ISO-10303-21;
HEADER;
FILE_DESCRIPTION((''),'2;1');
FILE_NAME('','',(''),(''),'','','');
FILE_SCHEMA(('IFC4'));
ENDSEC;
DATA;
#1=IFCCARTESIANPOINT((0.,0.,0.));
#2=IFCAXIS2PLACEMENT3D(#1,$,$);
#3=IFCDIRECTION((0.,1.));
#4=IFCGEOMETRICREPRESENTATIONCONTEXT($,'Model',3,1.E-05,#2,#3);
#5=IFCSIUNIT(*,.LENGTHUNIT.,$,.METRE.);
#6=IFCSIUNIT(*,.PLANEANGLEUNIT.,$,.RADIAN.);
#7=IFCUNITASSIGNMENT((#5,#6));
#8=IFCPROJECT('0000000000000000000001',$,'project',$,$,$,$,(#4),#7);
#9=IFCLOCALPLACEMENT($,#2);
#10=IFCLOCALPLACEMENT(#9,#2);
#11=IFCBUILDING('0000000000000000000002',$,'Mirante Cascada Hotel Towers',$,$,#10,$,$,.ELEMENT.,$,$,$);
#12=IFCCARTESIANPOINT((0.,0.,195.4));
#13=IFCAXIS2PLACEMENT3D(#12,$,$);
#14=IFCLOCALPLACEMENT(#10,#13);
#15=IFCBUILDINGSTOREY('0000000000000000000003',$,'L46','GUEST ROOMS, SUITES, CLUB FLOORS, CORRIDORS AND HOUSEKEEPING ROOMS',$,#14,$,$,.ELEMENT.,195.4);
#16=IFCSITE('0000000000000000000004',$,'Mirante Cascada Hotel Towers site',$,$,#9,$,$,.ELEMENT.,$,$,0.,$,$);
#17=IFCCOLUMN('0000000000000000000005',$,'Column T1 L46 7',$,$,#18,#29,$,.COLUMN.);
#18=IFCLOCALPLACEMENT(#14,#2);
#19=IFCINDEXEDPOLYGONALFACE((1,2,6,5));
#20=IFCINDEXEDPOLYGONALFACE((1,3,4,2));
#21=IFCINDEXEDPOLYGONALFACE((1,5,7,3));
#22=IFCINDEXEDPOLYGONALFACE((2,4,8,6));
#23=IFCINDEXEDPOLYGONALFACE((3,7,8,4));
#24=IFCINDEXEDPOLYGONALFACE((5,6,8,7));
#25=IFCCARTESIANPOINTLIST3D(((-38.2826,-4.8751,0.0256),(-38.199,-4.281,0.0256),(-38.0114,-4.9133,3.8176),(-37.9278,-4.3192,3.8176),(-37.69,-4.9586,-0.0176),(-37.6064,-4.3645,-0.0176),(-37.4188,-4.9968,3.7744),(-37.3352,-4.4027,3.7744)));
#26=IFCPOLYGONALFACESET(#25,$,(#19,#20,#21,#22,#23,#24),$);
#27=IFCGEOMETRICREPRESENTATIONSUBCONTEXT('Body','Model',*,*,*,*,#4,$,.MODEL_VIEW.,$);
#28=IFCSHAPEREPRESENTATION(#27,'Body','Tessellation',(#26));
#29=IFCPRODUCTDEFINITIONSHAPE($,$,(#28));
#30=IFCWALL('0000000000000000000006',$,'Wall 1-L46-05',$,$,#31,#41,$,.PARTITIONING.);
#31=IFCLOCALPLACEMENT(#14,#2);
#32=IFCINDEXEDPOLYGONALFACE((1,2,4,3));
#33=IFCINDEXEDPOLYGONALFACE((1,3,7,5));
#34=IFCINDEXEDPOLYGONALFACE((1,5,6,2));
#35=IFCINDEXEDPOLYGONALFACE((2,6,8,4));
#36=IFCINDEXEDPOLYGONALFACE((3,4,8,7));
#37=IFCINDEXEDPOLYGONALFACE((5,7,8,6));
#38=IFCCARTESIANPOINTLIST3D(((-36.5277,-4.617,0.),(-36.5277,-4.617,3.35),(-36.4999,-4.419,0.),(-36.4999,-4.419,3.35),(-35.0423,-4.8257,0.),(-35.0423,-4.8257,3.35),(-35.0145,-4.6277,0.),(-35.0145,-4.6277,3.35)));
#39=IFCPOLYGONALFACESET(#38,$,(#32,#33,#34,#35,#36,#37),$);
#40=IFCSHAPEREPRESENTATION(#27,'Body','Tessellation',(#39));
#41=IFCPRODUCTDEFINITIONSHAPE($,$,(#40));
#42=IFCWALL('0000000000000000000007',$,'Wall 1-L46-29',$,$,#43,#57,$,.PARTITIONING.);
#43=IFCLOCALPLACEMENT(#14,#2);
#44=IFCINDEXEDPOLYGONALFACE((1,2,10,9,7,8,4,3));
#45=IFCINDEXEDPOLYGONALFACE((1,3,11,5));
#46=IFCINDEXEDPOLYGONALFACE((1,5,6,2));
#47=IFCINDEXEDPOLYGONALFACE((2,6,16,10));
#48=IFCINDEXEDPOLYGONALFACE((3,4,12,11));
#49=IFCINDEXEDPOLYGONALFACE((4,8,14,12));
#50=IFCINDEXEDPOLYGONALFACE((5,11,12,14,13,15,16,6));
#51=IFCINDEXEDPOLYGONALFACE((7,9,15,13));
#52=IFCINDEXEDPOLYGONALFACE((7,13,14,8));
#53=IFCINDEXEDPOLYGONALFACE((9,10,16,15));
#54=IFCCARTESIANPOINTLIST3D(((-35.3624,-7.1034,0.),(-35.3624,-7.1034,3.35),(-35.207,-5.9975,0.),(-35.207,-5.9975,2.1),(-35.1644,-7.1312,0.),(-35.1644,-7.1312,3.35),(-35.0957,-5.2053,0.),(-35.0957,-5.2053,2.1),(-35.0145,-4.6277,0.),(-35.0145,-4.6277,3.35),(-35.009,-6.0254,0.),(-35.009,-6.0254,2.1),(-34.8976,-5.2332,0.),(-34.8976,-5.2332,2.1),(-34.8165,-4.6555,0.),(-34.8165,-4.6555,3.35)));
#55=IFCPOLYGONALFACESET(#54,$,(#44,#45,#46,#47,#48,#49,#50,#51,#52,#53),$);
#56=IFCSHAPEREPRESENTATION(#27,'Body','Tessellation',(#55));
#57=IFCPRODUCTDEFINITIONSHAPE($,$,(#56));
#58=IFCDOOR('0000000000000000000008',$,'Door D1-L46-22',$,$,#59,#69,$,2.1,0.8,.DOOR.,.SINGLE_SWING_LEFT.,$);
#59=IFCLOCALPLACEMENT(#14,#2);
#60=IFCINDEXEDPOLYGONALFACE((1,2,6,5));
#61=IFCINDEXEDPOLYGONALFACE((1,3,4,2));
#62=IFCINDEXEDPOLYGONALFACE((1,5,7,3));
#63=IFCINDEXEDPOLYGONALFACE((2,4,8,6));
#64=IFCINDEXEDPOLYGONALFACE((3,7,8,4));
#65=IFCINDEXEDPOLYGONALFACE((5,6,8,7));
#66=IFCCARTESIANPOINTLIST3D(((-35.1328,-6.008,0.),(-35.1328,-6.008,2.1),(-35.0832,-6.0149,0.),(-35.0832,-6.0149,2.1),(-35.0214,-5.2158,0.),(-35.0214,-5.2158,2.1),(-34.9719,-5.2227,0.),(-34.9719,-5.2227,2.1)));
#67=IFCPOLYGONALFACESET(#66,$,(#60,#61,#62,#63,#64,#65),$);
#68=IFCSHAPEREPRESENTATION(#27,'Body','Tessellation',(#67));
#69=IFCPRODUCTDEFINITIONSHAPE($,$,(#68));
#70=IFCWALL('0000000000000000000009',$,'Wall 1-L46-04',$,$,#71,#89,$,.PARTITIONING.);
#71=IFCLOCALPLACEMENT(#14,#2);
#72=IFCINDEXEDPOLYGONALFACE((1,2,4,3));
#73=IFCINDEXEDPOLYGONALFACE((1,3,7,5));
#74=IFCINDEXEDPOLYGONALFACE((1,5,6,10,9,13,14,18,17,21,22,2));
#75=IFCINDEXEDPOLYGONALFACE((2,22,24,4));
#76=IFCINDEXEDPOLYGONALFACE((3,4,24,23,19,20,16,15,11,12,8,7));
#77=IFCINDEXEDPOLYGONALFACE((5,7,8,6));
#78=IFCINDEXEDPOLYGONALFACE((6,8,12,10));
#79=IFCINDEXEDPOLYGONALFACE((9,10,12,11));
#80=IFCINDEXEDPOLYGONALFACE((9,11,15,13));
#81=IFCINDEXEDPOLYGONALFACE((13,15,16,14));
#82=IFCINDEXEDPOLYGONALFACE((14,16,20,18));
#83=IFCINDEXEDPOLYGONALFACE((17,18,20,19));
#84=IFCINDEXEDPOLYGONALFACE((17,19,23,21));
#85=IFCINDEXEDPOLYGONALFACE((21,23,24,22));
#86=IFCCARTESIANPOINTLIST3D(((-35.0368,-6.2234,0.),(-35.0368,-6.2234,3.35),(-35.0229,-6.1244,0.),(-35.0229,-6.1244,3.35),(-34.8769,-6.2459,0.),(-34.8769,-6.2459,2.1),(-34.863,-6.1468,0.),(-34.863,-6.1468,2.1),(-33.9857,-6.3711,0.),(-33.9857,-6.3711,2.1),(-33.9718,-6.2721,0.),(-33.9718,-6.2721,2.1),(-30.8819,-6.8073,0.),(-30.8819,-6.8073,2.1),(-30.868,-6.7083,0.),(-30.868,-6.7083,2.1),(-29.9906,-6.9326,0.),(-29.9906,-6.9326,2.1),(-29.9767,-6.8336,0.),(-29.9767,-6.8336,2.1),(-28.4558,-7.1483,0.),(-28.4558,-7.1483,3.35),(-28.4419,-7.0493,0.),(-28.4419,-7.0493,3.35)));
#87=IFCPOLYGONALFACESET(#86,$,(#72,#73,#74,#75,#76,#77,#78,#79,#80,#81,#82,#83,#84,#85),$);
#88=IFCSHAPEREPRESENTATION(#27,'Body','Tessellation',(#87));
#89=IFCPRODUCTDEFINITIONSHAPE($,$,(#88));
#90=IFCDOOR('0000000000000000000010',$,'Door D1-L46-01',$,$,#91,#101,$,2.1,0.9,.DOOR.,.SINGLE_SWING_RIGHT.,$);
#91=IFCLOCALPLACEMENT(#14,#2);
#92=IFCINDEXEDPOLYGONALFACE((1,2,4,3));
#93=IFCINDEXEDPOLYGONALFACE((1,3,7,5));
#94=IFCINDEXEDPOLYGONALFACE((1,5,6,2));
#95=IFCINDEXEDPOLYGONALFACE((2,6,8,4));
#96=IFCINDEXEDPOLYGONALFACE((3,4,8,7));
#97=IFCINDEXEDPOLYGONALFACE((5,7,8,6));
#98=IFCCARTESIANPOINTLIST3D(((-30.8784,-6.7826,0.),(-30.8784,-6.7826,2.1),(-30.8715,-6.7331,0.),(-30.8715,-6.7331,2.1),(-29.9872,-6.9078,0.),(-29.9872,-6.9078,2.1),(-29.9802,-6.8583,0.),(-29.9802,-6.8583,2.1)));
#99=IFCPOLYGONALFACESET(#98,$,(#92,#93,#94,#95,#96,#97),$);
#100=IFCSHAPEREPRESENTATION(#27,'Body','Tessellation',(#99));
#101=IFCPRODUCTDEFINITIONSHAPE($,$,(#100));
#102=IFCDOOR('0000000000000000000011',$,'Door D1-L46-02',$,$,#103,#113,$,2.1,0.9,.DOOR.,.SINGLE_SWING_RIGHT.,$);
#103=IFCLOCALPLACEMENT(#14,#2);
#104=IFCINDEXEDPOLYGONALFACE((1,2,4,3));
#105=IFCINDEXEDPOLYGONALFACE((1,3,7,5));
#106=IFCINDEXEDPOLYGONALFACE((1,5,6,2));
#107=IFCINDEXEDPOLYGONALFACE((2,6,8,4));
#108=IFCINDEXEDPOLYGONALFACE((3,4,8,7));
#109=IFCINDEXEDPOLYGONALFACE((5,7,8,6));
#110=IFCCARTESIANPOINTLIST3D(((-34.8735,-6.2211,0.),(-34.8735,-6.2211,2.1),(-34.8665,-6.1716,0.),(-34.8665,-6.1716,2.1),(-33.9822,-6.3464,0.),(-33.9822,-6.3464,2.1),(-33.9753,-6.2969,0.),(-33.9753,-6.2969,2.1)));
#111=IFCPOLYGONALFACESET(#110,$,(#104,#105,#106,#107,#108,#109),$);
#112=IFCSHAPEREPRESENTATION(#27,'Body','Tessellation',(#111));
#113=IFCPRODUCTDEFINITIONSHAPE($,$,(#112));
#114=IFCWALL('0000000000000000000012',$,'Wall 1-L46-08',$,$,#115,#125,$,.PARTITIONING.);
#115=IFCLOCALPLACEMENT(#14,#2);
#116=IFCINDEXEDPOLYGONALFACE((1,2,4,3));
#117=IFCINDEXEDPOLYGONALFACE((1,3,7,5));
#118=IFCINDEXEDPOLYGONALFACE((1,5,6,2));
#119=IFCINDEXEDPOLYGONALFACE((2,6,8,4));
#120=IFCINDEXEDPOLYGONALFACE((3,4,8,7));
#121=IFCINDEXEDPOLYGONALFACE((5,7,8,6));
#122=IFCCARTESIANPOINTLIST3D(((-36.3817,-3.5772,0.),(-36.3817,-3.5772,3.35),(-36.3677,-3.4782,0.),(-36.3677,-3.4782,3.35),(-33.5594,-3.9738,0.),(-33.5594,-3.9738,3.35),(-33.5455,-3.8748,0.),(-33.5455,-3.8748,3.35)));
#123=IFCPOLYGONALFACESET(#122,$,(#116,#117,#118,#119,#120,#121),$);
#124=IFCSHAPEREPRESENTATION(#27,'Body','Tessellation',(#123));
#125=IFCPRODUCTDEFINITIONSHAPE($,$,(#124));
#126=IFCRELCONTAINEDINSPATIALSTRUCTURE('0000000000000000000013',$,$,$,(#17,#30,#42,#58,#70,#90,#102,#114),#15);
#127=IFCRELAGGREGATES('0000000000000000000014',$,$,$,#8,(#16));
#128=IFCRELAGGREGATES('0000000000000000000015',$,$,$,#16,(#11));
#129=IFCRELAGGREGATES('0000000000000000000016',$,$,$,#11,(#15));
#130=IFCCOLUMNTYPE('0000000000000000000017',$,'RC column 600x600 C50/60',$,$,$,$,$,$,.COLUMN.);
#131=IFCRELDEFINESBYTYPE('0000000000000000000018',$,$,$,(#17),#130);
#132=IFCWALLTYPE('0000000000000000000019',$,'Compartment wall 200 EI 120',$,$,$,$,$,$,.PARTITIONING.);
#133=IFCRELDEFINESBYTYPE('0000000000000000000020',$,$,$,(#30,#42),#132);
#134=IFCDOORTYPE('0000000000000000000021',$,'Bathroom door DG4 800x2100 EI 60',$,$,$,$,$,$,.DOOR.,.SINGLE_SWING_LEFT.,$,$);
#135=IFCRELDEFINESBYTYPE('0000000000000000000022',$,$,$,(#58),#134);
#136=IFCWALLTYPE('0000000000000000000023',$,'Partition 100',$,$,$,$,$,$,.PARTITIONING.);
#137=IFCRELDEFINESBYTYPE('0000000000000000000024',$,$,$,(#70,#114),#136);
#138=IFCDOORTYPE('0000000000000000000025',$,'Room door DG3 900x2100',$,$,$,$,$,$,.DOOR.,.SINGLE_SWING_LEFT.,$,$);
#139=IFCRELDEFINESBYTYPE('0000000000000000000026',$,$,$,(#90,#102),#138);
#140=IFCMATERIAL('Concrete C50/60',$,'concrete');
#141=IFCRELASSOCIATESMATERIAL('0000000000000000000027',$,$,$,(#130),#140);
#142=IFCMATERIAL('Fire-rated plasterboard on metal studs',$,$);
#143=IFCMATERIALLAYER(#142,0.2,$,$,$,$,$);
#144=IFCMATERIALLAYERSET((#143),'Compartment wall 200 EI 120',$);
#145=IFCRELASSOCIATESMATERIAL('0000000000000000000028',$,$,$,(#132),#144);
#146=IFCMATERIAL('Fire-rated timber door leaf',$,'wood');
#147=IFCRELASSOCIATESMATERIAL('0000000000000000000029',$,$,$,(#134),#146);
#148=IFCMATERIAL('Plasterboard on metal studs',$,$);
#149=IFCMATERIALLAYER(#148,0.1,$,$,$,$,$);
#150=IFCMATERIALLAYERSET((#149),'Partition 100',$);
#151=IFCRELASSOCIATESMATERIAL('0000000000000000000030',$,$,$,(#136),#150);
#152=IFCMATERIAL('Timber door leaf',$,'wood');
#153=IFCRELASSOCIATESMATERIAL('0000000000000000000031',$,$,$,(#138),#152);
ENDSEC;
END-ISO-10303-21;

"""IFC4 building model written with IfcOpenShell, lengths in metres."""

from ifc_helpers import new_model, si_unit, direction, frame, frame_2d, origin, origin_2d, place, context, subcontext, project, spatial, rectangle, extrude, material, layer, layer_set, material_profile, profile_set, type_object, element, fill, save


model = new_model("IFC4")

# Units and contexts
model_context = context("Model", 3, precision=1e-05, world=origin(), true_north=direction((0.0, 1.0)))
body_context = subcontext(model_context, "Body", "Model", "MODEL_VIEW")
ifc_project = project(units=[si_unit("LENGTHUNIT", "METRE"), si_unit("PLANEANGLEUNIT", "RADIAN")], contexts=[model_context])

# Site, building, storey
site_placement = place(None, origin())
site = spatial("IfcSite", under=ifc_project, at=site_placement, Name="Mirante Cascada Hotel Towers site", CompositionType="ELEMENT", RefElevation=0.0)
building_placement = place(site_placement, origin())
building = spatial("IfcBuilding", under=site, at=building_placement, Name="Mirante Cascada Hotel Towers", CompositionType="ELEMENT")
storey_placement = place(building_placement, frame((0.0, 0.0, 195.4)))
storey = spatial("IfcBuildingStorey", under=building, at=storey_placement, Name="L46", Description="GUEST ROOMS, SUITES, CLUB FLOORS, CORRIDORS AND HOUSEKEEPING ROOMS", CompositionType="ELEMENT", Elevation=195.4)

# Column
ifc_material_1 = material(Name="Concrete C50/60", Category="concrete")
ifc_material_profile = material_profile(ifc_material_1, rectangle(XDim=0.6, YDim=0.6, at=origin_2d()), Name="RC column 600x600 C50/60")
ifc_profile_set = profile_set([ifc_material_profile], Name="Concrete C50/60")
column_type = type_object("IfcColumnType", Name="RC column 600x600 C50/60", PredefinedType="COLUMN", material=ifc_profile_set)
column_placement = place(storey_placement, frame((-37.9445, -4.6198, 0.004), z_axis=(0.071333, -0.010048, 0.997402), x_axis=(0.139479, 0.990225, 0.0)))
element("IfcColumn", 1, at=column_placement, inside=storey, type_object=column_type, Name="Column T1 L46 7", PredefinedType="COLUMN", context=body_context, shape_type="SweptSolid", body=[
    extrude(rectangle(XDim=0.6, YDim=0.6, at=origin_2d()), origin(), (0.0, 0.0, 1.0), 3.8019),
])

# Wall
ifc_material_2 = material(Name="Fire-rated plasterboard on metal studs")
ifc_layer_1 = layer(ifc_material_2, 0.2)
ifc_layer_set_1 = layer_set([ifc_layer_1], Name="Compartment wall 200 EI 120")
wall_type_1 = type_object("IfcWallType", Name="Compartment wall 200 EI 120", PredefinedType="PARTITIONING", material=ifc_layer_set_1)
wall_1_placement = place(storey_placement, frame((-35.0284, -4.7267, 0.0), z_axis=(0.0, 0.0, 1.0), x_axis=(-0.990274, 0.139134, 0.0)))
element("IfcWall", 2, at=wall_1_placement, inside=storey, type_object=wall_type_1, Name="Wall 1-L46-05", PredefinedType="PARTITIONING", context=body_context, shape_type="SweptSolid", body=[
    extrude(rectangle(XDim=1.5, YDim=0.2, at=frame_2d((0.75, 0.0))), origin(), (0.0, 0.0, 1.0), 3.35),
])

# Wall, opening, door
wall_2_placement = place(storey_placement, frame((-35.2634, -7.1173, 0.0), z_axis=(0.0, 0.0, 1.0), x_axis=(0.139159, 0.99027, 0.0)))
wall_2 = element("IfcWall", 3, at=wall_2_placement, inside=storey, type_object=wall_type_1, Name="Wall 1-L46-29", PredefinedType="PARTITIONING", context=body_context, shape_type="SweptSolid", body=[
    extrude(rectangle(XDim=2.5, YDim=0.2, at=frame_2d((1.25, 0.0))), origin(), (0.0, 0.0, 1.0), 3.35),
])
opening_1_placement = place(wall_2_placement, frame((1.1167, 0.0, 0.0)))
opening_1 = element("IfcOpeningElement", 4, at=opening_1_placement, cuts=wall_2, PredefinedType="OPENING", context=body_context, shape_type="SweptSolid", body=[
    extrude(rectangle(XDim=0.8, YDim=2.1, at=frame_2d((0.4, 1.05))), frame((0.0, 0.1, 0.0), z_axis=(0.0, -1.0, 0.0), x_axis=(1.0, 0.0, 0.0)), (0.0, 0.0, 1.0), 0.2),
])
ifc_material_3 = material(Name="Fire-rated timber door leaf", Category="wood")
door_type_1 = type_object("IfcDoorType", Name="Bathroom door DG4 800x2100 EI 60", OperationType="SINGLE_SWING_LEFT", PredefinedType="DOOR", material=ifc_material_3)
door_1_placement = place(opening_1_placement, origin())
door_1 = element("IfcDoor", 5, at=door_1_placement, inside=storey, type_object=door_type_1, Name="Door D1-L46-22", OperationType="SINGLE_SWING_LEFT", OverallHeight=2.1, OverallWidth=0.8, PredefinedType="DOOR", context=body_context, shape_type="SweptSolid", body=[
    extrude(rectangle(XDim=0.8, YDim=2.1, at=frame_2d((0.4, 1.05))), frame((0.0, 0.025, 0.0), z_axis=(0.0, -1.0, 0.0), x_axis=(1.0, 0.0, 0.0)), (0.0, 0.0, 1.0), 0.05),
])
fill(opening_1, door_1)

# Wall, openings, doors
ifc_material_4 = material(Name="Plasterboard on metal studs")
ifc_layer_2 = layer(ifc_material_4, 0.1)
ifc_layer_set_2 = layer_set([ifc_layer_2], Name="Partition 100")
wall_type_2 = type_object("IfcWallType", Name="Partition 100", PredefinedType="PARTITIONING", material=ifc_layer_set_2)
wall_3_placement = place(storey_placement, frame((-35.0298, -6.1739, 0.0), z_axis=(0.0, 0.0, 1.0), x_axis=(0.990268, -0.139173, 0.0)))
wall_3 = element("IfcWall", 6, at=wall_3_placement, inside=storey, type_object=wall_type_2, Name="Wall 1-L46-04", PredefinedType="PARTITIONING", context=body_context, shape_type="SweptSolid", body=[
    extrude(rectangle(XDim=6.6457, YDim=0.1, at=frame_2d((3.3228, 0.0))), origin(), (0.0, 0.0, 1.0), 3.35),
])
opening_2_placement = place(wall_3_placement, frame((4.1957, 0.0, 0.0)))
opening_2 = element("IfcOpeningElement", 7, at=opening_2_placement, cuts=wall_3, PredefinedType="OPENING", context=body_context, shape_type="SweptSolid", body=[
    extrude(rectangle(XDim=0.9, YDim=2.1, at=frame_2d((0.45, 1.05))), frame((0.0, 0.05, 0.0), z_axis=(0.0, -1.0, 0.0), x_axis=(1.0, 0.0, 0.0)), (0.0, 0.0, 1.0), 0.1),
])
opening_3_placement = place(wall_3_placement, frame((0.1614, 0.0, 0.0)))
opening_3 = element("IfcOpeningElement", 8, at=opening_3_placement, cuts=wall_3, PredefinedType="OPENING", context=body_context, shape_type="SweptSolid", body=[
    extrude(rectangle(XDim=0.9, YDim=2.1, at=frame_2d((0.45, 1.05))), frame((0.0, 0.05, 0.0), z_axis=(0.0, -1.0, 0.0), x_axis=(1.0, 0.0, 0.0)), (0.0, 0.0, 1.0), 0.1),
])
ifc_material_5 = material(Name="Timber door leaf", Category="wood")
door_type_2 = type_object("IfcDoorType", Name="Room door DG3 900x2100", OperationType="SINGLE_SWING_LEFT", PredefinedType="DOOR", material=ifc_material_5)
door_2_placement = place(opening_2_placement, frame((0.9, 0.0, 0.0), z_axis=(0.0, 0.0, 1.0), x_axis=(-1.0, 0.0, 0.0)))
door_2 = element("IfcDoor", 9, at=door_2_placement, inside=storey, type_object=door_type_2, Name="Door D1-L46-01", OperationType="SINGLE_SWING_RIGHT", OverallHeight=2.1, OverallWidth=0.9, PredefinedType="DOOR", context=body_context, shape_type="SweptSolid", body=[
    extrude(rectangle(XDim=0.9, YDim=2.1, at=frame_2d((0.45, 1.05))), frame((0.0, 0.025, 0.0), z_axis=(0.0, -1.0, 0.0), x_axis=(1.0, 0.0, 0.0)), (0.0, 0.0, 1.0), 0.05),
])
fill(opening_2, door_2)
door_3_placement = place(opening_3_placement, frame((0.9, 0.0, 0.0), z_axis=(0.0, 0.0, 1.0), x_axis=(-1.0, 0.0, 0.0)))
door_3 = element("IfcDoor", 10, at=door_3_placement, inside=storey, type_object=door_type_2, Name="Door D1-L46-02", OperationType="SINGLE_SWING_RIGHT", OverallHeight=2.1, OverallWidth=0.9, PredefinedType="DOOR", context=body_context, shape_type="SweptSolid", body=[
    extrude(rectangle(XDim=0.9, YDim=2.1, at=frame_2d((0.45, 1.05))), frame((0.0, 0.025, 0.0), z_axis=(0.0, -1.0, 0.0), x_axis=(1.0, 0.0, 0.0)), (0.0, 0.0, 1.0), 0.05),
])
fill(opening_3, door_3)

# Wall
wall_4_placement = place(storey_placement, frame((-36.3747, -3.5277, 0.0), z_axis=(0.0, 0.0, 1.0), x_axis=(0.99027, -0.139156, 0.0)))
element("IfcWall", 11, at=wall_4_placement, inside=storey, type_object=wall_type_2, Name="Wall 1-L46-08", PredefinedType="PARTITIONING", context=body_context, shape_type="SweptSolid", body=[
    extrude(rectangle(XDim=2.85, YDim=0.1, at=frame_2d((1.425, 0.0))), origin(), (0.0, 0.0, 1.0), 3.35),
])

save(model, "model.ifc")
